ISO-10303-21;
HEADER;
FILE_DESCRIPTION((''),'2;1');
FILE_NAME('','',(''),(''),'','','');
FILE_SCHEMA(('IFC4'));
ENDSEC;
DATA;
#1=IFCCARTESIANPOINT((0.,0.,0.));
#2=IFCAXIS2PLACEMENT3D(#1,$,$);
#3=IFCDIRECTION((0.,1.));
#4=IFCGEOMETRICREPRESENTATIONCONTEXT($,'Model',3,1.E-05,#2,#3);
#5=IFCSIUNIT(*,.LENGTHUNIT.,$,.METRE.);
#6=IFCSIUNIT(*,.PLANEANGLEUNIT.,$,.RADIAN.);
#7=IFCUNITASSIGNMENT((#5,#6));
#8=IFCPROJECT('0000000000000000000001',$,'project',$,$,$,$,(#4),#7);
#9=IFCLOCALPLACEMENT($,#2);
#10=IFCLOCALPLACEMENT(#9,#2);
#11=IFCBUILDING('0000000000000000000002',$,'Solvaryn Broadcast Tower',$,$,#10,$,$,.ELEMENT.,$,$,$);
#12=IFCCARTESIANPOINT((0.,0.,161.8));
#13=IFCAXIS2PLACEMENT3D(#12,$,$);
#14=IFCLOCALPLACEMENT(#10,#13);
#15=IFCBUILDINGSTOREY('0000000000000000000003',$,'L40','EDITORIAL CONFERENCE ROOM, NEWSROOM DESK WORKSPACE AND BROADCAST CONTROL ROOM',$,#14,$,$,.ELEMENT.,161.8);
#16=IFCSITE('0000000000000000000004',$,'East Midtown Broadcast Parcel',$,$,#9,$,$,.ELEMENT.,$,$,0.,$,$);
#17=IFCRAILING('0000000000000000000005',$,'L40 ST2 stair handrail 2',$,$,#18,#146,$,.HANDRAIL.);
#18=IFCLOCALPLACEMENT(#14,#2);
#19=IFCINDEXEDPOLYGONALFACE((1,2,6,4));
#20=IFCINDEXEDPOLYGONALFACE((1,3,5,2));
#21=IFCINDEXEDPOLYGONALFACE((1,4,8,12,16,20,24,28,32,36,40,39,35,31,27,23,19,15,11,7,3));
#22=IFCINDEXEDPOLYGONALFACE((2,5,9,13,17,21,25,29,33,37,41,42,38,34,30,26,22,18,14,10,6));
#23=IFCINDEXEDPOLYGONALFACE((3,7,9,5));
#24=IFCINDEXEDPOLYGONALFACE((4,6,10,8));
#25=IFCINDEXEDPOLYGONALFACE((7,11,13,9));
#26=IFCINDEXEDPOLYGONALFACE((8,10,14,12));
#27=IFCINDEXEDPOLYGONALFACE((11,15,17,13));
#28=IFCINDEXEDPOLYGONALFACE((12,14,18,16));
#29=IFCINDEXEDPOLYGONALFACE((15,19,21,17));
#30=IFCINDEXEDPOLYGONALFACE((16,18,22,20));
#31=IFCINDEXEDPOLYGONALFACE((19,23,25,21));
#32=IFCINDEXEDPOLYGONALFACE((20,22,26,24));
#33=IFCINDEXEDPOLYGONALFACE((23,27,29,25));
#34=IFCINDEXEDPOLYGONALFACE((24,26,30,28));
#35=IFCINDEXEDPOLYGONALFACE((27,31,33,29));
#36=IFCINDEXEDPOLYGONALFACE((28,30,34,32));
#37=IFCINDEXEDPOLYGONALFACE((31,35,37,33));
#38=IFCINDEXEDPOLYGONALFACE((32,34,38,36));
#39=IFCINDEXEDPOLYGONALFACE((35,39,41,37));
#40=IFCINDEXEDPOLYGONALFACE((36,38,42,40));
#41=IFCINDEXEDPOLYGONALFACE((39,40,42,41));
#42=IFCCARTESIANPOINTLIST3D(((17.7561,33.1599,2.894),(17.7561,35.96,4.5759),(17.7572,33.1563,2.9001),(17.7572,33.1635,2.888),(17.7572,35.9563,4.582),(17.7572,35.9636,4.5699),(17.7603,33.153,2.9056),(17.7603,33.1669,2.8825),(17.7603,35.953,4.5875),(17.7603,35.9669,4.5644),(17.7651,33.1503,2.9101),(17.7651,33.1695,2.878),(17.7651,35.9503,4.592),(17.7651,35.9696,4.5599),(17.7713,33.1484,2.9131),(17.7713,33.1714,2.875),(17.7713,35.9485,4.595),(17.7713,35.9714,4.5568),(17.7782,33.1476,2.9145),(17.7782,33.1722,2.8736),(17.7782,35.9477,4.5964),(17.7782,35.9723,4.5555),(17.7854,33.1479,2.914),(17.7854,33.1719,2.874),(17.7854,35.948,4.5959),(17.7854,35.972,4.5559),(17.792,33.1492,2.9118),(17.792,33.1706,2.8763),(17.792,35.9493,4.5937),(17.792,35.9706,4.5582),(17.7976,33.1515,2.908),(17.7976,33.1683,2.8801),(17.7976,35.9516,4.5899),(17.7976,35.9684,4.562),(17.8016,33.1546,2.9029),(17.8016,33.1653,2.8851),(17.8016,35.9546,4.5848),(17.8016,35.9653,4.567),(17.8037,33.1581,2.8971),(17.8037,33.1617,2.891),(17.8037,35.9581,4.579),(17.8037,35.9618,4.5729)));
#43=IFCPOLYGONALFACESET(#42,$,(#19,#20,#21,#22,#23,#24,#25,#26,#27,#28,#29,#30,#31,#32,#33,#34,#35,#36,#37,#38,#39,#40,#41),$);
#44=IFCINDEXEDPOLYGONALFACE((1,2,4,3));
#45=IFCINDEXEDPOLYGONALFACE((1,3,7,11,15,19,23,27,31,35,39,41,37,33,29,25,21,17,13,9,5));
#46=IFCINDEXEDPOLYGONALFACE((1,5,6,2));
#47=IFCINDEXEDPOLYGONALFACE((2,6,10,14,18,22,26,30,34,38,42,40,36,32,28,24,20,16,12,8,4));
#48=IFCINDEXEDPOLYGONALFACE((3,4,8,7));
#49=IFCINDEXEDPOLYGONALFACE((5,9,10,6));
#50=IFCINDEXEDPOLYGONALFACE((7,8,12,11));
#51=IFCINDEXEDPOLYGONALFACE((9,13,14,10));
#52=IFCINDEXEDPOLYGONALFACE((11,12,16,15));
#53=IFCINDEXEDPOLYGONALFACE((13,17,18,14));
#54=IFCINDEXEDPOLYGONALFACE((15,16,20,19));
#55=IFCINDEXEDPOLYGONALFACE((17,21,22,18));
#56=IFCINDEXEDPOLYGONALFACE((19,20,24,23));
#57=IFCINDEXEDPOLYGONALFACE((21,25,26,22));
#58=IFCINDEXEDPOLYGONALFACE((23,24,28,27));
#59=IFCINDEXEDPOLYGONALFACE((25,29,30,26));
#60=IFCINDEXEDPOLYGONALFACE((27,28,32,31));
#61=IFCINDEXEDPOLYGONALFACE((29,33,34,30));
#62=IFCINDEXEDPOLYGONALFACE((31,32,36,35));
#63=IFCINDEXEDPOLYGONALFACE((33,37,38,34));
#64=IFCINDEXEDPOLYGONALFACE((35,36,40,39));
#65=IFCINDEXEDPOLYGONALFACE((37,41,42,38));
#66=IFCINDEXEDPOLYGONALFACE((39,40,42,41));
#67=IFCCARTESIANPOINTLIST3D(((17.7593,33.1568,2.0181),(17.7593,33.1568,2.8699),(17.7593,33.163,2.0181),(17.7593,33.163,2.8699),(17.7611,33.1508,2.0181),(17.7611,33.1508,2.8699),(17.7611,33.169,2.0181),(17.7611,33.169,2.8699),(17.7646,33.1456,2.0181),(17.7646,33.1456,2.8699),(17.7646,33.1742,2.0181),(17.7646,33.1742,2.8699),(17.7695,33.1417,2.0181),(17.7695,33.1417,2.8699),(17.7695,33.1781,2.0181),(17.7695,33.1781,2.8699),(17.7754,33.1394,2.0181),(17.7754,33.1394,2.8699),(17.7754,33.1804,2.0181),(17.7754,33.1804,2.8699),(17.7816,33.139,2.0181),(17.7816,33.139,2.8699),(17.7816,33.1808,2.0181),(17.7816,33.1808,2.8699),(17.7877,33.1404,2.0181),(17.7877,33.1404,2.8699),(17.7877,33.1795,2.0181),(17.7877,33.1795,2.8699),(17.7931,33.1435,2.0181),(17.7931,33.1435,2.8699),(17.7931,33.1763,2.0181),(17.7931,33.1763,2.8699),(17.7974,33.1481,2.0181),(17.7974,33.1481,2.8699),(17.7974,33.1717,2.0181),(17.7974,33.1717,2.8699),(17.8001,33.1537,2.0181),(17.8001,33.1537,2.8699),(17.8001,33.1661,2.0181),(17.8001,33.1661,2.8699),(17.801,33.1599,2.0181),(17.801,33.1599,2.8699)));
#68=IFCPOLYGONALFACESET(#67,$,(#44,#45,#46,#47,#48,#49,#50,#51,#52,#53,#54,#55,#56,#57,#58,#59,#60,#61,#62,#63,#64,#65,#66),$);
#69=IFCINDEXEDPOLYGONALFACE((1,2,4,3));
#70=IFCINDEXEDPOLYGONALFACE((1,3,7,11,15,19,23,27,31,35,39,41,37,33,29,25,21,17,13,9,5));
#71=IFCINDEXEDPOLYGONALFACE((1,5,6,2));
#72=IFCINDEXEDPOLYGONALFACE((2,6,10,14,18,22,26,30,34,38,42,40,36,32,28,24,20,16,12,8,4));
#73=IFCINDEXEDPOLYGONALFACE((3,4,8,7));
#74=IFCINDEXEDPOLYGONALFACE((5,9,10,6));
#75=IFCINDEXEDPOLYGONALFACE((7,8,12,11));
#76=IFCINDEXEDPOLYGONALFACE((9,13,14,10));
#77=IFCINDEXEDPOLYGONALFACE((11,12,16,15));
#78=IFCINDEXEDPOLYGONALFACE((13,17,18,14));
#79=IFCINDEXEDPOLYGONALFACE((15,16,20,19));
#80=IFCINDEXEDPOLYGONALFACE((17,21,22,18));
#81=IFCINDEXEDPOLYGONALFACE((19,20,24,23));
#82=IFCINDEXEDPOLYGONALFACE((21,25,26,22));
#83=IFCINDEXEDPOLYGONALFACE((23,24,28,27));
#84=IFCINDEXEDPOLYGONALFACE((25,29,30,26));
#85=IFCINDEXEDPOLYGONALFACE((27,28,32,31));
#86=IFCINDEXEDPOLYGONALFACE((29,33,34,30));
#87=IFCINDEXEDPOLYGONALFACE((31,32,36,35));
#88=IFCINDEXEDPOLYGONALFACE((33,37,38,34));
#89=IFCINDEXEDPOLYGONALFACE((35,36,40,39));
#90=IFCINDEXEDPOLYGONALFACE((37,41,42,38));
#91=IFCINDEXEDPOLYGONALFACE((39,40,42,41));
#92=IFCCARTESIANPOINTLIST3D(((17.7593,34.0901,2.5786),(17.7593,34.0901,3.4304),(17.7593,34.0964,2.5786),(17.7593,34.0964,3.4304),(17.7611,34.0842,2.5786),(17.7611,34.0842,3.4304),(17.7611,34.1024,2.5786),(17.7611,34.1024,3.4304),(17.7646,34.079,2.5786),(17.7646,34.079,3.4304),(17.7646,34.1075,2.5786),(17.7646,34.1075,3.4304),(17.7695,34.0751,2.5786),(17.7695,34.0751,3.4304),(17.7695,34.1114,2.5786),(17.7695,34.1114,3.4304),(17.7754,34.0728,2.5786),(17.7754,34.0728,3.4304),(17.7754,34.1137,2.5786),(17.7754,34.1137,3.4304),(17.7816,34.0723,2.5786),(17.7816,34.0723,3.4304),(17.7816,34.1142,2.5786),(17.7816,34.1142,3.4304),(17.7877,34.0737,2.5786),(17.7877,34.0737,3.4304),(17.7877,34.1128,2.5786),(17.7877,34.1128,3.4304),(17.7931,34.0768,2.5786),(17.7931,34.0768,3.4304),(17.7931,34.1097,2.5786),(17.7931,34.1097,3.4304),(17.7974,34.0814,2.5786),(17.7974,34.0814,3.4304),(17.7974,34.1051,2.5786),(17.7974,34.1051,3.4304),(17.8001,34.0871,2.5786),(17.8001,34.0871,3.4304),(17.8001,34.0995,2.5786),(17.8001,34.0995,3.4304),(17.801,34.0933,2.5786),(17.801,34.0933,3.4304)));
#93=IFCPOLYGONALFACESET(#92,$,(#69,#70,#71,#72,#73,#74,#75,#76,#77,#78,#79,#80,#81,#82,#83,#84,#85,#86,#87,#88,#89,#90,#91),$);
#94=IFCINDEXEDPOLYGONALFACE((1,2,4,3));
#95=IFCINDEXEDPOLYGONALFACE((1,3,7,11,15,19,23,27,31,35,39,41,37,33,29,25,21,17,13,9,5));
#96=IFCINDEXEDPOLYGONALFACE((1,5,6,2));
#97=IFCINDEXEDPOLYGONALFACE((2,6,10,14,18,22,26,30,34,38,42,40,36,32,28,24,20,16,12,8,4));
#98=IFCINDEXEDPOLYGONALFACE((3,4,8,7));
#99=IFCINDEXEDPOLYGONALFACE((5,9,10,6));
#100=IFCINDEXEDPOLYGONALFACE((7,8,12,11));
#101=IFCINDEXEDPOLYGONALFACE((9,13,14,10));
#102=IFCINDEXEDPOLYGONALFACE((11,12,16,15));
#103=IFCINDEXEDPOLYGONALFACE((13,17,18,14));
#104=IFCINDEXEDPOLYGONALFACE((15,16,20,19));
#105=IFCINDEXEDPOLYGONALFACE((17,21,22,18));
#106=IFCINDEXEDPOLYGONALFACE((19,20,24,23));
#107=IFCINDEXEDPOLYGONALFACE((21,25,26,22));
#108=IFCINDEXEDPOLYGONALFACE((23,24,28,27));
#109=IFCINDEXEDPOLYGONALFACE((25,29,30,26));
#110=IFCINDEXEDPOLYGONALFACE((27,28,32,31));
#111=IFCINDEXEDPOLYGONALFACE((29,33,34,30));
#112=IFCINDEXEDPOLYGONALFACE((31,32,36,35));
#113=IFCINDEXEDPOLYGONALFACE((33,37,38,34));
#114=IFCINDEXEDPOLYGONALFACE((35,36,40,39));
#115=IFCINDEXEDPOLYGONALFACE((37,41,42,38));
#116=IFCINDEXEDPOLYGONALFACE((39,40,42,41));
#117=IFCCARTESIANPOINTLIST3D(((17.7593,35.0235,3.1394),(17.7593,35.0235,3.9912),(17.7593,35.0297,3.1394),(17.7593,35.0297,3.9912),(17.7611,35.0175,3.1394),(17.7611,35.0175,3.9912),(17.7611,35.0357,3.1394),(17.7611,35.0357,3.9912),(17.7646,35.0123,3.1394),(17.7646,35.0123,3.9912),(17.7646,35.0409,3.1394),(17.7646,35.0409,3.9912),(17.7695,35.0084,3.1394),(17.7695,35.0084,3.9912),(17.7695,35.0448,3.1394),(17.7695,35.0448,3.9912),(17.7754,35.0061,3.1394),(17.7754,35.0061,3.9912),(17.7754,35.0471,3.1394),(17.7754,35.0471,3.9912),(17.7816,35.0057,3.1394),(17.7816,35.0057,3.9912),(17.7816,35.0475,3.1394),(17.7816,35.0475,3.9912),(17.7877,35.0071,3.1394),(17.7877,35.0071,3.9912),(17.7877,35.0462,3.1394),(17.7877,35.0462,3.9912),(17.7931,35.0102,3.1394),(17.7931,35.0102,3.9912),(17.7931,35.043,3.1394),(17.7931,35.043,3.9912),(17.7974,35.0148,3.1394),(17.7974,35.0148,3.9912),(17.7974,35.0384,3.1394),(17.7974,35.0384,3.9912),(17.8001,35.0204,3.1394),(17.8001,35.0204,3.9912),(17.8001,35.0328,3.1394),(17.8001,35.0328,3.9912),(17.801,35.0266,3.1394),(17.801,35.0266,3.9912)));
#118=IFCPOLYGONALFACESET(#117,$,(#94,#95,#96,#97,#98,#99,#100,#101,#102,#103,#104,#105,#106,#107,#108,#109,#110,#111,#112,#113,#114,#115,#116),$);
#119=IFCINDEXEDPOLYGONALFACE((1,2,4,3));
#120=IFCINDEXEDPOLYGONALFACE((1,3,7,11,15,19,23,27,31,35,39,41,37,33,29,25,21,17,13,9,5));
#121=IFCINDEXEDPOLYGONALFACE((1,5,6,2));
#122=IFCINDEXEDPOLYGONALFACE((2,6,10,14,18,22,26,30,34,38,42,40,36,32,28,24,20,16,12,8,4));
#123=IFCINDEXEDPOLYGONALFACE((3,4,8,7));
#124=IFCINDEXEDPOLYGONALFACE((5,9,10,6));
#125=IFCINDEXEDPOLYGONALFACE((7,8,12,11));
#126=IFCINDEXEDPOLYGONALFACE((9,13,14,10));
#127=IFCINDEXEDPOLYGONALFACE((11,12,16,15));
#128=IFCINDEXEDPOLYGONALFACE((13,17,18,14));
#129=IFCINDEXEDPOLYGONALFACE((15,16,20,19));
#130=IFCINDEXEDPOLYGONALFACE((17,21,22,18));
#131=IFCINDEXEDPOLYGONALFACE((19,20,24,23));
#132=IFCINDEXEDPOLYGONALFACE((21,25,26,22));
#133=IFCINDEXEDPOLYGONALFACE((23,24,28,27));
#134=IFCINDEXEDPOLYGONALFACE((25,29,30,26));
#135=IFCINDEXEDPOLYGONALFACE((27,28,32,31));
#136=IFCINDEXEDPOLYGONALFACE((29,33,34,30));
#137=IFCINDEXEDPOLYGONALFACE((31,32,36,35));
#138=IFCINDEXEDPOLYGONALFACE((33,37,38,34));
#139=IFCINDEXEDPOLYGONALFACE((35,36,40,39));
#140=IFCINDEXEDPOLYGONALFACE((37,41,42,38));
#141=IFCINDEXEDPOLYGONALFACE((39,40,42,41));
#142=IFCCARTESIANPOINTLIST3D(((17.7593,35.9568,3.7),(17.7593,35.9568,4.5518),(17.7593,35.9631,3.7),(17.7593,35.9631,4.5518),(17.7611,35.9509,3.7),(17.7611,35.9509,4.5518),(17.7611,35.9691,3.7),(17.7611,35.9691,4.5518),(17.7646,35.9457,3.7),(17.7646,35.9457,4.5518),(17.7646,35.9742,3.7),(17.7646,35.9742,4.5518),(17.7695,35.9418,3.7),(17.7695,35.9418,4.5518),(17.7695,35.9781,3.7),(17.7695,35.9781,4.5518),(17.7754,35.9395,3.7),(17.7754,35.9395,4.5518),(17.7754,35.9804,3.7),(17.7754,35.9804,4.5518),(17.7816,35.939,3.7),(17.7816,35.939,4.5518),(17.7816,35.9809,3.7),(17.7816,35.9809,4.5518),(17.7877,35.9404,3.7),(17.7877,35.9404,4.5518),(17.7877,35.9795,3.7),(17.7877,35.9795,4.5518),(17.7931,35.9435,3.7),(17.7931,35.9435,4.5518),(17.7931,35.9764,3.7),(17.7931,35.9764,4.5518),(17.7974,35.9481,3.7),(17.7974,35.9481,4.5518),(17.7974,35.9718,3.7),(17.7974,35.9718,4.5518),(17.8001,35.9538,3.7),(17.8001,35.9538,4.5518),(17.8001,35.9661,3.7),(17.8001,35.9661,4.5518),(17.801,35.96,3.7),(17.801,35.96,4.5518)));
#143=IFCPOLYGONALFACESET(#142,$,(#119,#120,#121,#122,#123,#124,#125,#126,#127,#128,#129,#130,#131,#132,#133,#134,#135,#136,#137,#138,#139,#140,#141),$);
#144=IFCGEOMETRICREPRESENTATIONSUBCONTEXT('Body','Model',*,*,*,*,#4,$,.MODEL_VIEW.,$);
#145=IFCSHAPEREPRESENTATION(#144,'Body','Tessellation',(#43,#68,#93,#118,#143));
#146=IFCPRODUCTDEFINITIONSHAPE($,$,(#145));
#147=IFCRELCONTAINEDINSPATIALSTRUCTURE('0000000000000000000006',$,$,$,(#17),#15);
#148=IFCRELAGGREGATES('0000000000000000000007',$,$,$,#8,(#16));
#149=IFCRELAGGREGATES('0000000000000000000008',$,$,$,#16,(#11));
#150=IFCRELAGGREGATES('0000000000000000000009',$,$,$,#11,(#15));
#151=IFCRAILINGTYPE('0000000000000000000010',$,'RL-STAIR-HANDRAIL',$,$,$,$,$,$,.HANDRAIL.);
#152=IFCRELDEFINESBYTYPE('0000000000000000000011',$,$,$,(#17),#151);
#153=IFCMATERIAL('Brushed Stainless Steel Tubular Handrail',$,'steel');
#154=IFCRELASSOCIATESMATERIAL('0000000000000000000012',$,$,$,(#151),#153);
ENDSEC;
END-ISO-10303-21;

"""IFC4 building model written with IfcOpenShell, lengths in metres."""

from ifc_helpers import new_model, si_unit, direction, frame, origin, origin_2d, place, context, subcontext, project, spatial, circle, extrude, material, type_object, element, save


model = new_model("IFC4")

# Units and contexts
model_context = context("Model", 3, precision=1e-05, world=origin(), true_north=direction((0.0, 1.0)))
body_context = subcontext(model_context, "Body", "Model", "MODEL_VIEW")
ifc_project = project(units=[si_unit("LENGTHUNIT", "METRE"), si_unit("PLANEANGLEUNIT", "RADIAN")], contexts=[model_context])

# Site, building, storey
site_placement = place(None, origin())
site = spatial("IfcSite", under=ifc_project, at=site_placement, Name="East Midtown Broadcast Parcel", CompositionType="ELEMENT", RefElevation=0.0)
building_placement = place(site_placement, origin())
building = spatial("IfcBuilding", under=site, at=building_placement, Name="Solvaryn Broadcast Tower", CompositionType="ELEMENT")
storey_placement = place(building_placement, frame((0.0, 0.0, 161.8)))
storey = spatial("IfcBuildingStorey", under=building, at=storey_placement, Name="L40", Description="EDITORIAL CONFERENCE ROOM, NEWSROOM DESK WORKSPACE AND BROADCAST CONTROL ROOM", CompositionType="ELEMENT", Elevation=161.8)

# Railing
ifc_material_1 = material(Name="Brushed Stainless Steel Tubular Handrail", Category="steel")
railing_type_1 = type_object("IfcRailingType", Name="RL-STAIR-HANDRAIL", PredefinedType="HANDRAIL", material=ifc_material_1)
railing_1_placement = place(storey_placement, frame((17.78, 33.1599, 2.0181)))
element("IfcRailing", 1, at=railing_1_placement, inside=storey, type_object=railing_type_1, Name="L40 ST2 stair handrail 2", PredefinedType="HANDRAIL", context=body_context, shape_type="SweptSolid", body=[
    extrude(circle(Radius=0.0239, at=origin_2d()), frame((0.0, 0.0, 0.876), z_axis=(0.0, 0.857242, 0.514913), x_axis=(-1.0, 0.0, 0.0)), (0.0, 0.0, 1.0), 3.2664),
    extrude(circle(Radius=0.021, at=origin_2d()), origin(), (0.0, 0.0, 1.0), 0.8518),
    extrude(circle(Radius=0.021, at=origin_2d()), frame((0.0, 0.9333, 0.5605)), (0.0, 0.0, 1.0), 0.8518),
    extrude(circle(Radius=0.021, at=origin_2d()), frame((0.0, 1.8667, 1.1213)), (0.0, 0.0, 1.0), 0.8518),
    extrude(circle(Radius=0.021, at=origin_2d()), frame((0.0, 2.8, 1.6819)), (0.0, 0.0, 1.0), 0.8518),
])

save(model, "model.ifc")
